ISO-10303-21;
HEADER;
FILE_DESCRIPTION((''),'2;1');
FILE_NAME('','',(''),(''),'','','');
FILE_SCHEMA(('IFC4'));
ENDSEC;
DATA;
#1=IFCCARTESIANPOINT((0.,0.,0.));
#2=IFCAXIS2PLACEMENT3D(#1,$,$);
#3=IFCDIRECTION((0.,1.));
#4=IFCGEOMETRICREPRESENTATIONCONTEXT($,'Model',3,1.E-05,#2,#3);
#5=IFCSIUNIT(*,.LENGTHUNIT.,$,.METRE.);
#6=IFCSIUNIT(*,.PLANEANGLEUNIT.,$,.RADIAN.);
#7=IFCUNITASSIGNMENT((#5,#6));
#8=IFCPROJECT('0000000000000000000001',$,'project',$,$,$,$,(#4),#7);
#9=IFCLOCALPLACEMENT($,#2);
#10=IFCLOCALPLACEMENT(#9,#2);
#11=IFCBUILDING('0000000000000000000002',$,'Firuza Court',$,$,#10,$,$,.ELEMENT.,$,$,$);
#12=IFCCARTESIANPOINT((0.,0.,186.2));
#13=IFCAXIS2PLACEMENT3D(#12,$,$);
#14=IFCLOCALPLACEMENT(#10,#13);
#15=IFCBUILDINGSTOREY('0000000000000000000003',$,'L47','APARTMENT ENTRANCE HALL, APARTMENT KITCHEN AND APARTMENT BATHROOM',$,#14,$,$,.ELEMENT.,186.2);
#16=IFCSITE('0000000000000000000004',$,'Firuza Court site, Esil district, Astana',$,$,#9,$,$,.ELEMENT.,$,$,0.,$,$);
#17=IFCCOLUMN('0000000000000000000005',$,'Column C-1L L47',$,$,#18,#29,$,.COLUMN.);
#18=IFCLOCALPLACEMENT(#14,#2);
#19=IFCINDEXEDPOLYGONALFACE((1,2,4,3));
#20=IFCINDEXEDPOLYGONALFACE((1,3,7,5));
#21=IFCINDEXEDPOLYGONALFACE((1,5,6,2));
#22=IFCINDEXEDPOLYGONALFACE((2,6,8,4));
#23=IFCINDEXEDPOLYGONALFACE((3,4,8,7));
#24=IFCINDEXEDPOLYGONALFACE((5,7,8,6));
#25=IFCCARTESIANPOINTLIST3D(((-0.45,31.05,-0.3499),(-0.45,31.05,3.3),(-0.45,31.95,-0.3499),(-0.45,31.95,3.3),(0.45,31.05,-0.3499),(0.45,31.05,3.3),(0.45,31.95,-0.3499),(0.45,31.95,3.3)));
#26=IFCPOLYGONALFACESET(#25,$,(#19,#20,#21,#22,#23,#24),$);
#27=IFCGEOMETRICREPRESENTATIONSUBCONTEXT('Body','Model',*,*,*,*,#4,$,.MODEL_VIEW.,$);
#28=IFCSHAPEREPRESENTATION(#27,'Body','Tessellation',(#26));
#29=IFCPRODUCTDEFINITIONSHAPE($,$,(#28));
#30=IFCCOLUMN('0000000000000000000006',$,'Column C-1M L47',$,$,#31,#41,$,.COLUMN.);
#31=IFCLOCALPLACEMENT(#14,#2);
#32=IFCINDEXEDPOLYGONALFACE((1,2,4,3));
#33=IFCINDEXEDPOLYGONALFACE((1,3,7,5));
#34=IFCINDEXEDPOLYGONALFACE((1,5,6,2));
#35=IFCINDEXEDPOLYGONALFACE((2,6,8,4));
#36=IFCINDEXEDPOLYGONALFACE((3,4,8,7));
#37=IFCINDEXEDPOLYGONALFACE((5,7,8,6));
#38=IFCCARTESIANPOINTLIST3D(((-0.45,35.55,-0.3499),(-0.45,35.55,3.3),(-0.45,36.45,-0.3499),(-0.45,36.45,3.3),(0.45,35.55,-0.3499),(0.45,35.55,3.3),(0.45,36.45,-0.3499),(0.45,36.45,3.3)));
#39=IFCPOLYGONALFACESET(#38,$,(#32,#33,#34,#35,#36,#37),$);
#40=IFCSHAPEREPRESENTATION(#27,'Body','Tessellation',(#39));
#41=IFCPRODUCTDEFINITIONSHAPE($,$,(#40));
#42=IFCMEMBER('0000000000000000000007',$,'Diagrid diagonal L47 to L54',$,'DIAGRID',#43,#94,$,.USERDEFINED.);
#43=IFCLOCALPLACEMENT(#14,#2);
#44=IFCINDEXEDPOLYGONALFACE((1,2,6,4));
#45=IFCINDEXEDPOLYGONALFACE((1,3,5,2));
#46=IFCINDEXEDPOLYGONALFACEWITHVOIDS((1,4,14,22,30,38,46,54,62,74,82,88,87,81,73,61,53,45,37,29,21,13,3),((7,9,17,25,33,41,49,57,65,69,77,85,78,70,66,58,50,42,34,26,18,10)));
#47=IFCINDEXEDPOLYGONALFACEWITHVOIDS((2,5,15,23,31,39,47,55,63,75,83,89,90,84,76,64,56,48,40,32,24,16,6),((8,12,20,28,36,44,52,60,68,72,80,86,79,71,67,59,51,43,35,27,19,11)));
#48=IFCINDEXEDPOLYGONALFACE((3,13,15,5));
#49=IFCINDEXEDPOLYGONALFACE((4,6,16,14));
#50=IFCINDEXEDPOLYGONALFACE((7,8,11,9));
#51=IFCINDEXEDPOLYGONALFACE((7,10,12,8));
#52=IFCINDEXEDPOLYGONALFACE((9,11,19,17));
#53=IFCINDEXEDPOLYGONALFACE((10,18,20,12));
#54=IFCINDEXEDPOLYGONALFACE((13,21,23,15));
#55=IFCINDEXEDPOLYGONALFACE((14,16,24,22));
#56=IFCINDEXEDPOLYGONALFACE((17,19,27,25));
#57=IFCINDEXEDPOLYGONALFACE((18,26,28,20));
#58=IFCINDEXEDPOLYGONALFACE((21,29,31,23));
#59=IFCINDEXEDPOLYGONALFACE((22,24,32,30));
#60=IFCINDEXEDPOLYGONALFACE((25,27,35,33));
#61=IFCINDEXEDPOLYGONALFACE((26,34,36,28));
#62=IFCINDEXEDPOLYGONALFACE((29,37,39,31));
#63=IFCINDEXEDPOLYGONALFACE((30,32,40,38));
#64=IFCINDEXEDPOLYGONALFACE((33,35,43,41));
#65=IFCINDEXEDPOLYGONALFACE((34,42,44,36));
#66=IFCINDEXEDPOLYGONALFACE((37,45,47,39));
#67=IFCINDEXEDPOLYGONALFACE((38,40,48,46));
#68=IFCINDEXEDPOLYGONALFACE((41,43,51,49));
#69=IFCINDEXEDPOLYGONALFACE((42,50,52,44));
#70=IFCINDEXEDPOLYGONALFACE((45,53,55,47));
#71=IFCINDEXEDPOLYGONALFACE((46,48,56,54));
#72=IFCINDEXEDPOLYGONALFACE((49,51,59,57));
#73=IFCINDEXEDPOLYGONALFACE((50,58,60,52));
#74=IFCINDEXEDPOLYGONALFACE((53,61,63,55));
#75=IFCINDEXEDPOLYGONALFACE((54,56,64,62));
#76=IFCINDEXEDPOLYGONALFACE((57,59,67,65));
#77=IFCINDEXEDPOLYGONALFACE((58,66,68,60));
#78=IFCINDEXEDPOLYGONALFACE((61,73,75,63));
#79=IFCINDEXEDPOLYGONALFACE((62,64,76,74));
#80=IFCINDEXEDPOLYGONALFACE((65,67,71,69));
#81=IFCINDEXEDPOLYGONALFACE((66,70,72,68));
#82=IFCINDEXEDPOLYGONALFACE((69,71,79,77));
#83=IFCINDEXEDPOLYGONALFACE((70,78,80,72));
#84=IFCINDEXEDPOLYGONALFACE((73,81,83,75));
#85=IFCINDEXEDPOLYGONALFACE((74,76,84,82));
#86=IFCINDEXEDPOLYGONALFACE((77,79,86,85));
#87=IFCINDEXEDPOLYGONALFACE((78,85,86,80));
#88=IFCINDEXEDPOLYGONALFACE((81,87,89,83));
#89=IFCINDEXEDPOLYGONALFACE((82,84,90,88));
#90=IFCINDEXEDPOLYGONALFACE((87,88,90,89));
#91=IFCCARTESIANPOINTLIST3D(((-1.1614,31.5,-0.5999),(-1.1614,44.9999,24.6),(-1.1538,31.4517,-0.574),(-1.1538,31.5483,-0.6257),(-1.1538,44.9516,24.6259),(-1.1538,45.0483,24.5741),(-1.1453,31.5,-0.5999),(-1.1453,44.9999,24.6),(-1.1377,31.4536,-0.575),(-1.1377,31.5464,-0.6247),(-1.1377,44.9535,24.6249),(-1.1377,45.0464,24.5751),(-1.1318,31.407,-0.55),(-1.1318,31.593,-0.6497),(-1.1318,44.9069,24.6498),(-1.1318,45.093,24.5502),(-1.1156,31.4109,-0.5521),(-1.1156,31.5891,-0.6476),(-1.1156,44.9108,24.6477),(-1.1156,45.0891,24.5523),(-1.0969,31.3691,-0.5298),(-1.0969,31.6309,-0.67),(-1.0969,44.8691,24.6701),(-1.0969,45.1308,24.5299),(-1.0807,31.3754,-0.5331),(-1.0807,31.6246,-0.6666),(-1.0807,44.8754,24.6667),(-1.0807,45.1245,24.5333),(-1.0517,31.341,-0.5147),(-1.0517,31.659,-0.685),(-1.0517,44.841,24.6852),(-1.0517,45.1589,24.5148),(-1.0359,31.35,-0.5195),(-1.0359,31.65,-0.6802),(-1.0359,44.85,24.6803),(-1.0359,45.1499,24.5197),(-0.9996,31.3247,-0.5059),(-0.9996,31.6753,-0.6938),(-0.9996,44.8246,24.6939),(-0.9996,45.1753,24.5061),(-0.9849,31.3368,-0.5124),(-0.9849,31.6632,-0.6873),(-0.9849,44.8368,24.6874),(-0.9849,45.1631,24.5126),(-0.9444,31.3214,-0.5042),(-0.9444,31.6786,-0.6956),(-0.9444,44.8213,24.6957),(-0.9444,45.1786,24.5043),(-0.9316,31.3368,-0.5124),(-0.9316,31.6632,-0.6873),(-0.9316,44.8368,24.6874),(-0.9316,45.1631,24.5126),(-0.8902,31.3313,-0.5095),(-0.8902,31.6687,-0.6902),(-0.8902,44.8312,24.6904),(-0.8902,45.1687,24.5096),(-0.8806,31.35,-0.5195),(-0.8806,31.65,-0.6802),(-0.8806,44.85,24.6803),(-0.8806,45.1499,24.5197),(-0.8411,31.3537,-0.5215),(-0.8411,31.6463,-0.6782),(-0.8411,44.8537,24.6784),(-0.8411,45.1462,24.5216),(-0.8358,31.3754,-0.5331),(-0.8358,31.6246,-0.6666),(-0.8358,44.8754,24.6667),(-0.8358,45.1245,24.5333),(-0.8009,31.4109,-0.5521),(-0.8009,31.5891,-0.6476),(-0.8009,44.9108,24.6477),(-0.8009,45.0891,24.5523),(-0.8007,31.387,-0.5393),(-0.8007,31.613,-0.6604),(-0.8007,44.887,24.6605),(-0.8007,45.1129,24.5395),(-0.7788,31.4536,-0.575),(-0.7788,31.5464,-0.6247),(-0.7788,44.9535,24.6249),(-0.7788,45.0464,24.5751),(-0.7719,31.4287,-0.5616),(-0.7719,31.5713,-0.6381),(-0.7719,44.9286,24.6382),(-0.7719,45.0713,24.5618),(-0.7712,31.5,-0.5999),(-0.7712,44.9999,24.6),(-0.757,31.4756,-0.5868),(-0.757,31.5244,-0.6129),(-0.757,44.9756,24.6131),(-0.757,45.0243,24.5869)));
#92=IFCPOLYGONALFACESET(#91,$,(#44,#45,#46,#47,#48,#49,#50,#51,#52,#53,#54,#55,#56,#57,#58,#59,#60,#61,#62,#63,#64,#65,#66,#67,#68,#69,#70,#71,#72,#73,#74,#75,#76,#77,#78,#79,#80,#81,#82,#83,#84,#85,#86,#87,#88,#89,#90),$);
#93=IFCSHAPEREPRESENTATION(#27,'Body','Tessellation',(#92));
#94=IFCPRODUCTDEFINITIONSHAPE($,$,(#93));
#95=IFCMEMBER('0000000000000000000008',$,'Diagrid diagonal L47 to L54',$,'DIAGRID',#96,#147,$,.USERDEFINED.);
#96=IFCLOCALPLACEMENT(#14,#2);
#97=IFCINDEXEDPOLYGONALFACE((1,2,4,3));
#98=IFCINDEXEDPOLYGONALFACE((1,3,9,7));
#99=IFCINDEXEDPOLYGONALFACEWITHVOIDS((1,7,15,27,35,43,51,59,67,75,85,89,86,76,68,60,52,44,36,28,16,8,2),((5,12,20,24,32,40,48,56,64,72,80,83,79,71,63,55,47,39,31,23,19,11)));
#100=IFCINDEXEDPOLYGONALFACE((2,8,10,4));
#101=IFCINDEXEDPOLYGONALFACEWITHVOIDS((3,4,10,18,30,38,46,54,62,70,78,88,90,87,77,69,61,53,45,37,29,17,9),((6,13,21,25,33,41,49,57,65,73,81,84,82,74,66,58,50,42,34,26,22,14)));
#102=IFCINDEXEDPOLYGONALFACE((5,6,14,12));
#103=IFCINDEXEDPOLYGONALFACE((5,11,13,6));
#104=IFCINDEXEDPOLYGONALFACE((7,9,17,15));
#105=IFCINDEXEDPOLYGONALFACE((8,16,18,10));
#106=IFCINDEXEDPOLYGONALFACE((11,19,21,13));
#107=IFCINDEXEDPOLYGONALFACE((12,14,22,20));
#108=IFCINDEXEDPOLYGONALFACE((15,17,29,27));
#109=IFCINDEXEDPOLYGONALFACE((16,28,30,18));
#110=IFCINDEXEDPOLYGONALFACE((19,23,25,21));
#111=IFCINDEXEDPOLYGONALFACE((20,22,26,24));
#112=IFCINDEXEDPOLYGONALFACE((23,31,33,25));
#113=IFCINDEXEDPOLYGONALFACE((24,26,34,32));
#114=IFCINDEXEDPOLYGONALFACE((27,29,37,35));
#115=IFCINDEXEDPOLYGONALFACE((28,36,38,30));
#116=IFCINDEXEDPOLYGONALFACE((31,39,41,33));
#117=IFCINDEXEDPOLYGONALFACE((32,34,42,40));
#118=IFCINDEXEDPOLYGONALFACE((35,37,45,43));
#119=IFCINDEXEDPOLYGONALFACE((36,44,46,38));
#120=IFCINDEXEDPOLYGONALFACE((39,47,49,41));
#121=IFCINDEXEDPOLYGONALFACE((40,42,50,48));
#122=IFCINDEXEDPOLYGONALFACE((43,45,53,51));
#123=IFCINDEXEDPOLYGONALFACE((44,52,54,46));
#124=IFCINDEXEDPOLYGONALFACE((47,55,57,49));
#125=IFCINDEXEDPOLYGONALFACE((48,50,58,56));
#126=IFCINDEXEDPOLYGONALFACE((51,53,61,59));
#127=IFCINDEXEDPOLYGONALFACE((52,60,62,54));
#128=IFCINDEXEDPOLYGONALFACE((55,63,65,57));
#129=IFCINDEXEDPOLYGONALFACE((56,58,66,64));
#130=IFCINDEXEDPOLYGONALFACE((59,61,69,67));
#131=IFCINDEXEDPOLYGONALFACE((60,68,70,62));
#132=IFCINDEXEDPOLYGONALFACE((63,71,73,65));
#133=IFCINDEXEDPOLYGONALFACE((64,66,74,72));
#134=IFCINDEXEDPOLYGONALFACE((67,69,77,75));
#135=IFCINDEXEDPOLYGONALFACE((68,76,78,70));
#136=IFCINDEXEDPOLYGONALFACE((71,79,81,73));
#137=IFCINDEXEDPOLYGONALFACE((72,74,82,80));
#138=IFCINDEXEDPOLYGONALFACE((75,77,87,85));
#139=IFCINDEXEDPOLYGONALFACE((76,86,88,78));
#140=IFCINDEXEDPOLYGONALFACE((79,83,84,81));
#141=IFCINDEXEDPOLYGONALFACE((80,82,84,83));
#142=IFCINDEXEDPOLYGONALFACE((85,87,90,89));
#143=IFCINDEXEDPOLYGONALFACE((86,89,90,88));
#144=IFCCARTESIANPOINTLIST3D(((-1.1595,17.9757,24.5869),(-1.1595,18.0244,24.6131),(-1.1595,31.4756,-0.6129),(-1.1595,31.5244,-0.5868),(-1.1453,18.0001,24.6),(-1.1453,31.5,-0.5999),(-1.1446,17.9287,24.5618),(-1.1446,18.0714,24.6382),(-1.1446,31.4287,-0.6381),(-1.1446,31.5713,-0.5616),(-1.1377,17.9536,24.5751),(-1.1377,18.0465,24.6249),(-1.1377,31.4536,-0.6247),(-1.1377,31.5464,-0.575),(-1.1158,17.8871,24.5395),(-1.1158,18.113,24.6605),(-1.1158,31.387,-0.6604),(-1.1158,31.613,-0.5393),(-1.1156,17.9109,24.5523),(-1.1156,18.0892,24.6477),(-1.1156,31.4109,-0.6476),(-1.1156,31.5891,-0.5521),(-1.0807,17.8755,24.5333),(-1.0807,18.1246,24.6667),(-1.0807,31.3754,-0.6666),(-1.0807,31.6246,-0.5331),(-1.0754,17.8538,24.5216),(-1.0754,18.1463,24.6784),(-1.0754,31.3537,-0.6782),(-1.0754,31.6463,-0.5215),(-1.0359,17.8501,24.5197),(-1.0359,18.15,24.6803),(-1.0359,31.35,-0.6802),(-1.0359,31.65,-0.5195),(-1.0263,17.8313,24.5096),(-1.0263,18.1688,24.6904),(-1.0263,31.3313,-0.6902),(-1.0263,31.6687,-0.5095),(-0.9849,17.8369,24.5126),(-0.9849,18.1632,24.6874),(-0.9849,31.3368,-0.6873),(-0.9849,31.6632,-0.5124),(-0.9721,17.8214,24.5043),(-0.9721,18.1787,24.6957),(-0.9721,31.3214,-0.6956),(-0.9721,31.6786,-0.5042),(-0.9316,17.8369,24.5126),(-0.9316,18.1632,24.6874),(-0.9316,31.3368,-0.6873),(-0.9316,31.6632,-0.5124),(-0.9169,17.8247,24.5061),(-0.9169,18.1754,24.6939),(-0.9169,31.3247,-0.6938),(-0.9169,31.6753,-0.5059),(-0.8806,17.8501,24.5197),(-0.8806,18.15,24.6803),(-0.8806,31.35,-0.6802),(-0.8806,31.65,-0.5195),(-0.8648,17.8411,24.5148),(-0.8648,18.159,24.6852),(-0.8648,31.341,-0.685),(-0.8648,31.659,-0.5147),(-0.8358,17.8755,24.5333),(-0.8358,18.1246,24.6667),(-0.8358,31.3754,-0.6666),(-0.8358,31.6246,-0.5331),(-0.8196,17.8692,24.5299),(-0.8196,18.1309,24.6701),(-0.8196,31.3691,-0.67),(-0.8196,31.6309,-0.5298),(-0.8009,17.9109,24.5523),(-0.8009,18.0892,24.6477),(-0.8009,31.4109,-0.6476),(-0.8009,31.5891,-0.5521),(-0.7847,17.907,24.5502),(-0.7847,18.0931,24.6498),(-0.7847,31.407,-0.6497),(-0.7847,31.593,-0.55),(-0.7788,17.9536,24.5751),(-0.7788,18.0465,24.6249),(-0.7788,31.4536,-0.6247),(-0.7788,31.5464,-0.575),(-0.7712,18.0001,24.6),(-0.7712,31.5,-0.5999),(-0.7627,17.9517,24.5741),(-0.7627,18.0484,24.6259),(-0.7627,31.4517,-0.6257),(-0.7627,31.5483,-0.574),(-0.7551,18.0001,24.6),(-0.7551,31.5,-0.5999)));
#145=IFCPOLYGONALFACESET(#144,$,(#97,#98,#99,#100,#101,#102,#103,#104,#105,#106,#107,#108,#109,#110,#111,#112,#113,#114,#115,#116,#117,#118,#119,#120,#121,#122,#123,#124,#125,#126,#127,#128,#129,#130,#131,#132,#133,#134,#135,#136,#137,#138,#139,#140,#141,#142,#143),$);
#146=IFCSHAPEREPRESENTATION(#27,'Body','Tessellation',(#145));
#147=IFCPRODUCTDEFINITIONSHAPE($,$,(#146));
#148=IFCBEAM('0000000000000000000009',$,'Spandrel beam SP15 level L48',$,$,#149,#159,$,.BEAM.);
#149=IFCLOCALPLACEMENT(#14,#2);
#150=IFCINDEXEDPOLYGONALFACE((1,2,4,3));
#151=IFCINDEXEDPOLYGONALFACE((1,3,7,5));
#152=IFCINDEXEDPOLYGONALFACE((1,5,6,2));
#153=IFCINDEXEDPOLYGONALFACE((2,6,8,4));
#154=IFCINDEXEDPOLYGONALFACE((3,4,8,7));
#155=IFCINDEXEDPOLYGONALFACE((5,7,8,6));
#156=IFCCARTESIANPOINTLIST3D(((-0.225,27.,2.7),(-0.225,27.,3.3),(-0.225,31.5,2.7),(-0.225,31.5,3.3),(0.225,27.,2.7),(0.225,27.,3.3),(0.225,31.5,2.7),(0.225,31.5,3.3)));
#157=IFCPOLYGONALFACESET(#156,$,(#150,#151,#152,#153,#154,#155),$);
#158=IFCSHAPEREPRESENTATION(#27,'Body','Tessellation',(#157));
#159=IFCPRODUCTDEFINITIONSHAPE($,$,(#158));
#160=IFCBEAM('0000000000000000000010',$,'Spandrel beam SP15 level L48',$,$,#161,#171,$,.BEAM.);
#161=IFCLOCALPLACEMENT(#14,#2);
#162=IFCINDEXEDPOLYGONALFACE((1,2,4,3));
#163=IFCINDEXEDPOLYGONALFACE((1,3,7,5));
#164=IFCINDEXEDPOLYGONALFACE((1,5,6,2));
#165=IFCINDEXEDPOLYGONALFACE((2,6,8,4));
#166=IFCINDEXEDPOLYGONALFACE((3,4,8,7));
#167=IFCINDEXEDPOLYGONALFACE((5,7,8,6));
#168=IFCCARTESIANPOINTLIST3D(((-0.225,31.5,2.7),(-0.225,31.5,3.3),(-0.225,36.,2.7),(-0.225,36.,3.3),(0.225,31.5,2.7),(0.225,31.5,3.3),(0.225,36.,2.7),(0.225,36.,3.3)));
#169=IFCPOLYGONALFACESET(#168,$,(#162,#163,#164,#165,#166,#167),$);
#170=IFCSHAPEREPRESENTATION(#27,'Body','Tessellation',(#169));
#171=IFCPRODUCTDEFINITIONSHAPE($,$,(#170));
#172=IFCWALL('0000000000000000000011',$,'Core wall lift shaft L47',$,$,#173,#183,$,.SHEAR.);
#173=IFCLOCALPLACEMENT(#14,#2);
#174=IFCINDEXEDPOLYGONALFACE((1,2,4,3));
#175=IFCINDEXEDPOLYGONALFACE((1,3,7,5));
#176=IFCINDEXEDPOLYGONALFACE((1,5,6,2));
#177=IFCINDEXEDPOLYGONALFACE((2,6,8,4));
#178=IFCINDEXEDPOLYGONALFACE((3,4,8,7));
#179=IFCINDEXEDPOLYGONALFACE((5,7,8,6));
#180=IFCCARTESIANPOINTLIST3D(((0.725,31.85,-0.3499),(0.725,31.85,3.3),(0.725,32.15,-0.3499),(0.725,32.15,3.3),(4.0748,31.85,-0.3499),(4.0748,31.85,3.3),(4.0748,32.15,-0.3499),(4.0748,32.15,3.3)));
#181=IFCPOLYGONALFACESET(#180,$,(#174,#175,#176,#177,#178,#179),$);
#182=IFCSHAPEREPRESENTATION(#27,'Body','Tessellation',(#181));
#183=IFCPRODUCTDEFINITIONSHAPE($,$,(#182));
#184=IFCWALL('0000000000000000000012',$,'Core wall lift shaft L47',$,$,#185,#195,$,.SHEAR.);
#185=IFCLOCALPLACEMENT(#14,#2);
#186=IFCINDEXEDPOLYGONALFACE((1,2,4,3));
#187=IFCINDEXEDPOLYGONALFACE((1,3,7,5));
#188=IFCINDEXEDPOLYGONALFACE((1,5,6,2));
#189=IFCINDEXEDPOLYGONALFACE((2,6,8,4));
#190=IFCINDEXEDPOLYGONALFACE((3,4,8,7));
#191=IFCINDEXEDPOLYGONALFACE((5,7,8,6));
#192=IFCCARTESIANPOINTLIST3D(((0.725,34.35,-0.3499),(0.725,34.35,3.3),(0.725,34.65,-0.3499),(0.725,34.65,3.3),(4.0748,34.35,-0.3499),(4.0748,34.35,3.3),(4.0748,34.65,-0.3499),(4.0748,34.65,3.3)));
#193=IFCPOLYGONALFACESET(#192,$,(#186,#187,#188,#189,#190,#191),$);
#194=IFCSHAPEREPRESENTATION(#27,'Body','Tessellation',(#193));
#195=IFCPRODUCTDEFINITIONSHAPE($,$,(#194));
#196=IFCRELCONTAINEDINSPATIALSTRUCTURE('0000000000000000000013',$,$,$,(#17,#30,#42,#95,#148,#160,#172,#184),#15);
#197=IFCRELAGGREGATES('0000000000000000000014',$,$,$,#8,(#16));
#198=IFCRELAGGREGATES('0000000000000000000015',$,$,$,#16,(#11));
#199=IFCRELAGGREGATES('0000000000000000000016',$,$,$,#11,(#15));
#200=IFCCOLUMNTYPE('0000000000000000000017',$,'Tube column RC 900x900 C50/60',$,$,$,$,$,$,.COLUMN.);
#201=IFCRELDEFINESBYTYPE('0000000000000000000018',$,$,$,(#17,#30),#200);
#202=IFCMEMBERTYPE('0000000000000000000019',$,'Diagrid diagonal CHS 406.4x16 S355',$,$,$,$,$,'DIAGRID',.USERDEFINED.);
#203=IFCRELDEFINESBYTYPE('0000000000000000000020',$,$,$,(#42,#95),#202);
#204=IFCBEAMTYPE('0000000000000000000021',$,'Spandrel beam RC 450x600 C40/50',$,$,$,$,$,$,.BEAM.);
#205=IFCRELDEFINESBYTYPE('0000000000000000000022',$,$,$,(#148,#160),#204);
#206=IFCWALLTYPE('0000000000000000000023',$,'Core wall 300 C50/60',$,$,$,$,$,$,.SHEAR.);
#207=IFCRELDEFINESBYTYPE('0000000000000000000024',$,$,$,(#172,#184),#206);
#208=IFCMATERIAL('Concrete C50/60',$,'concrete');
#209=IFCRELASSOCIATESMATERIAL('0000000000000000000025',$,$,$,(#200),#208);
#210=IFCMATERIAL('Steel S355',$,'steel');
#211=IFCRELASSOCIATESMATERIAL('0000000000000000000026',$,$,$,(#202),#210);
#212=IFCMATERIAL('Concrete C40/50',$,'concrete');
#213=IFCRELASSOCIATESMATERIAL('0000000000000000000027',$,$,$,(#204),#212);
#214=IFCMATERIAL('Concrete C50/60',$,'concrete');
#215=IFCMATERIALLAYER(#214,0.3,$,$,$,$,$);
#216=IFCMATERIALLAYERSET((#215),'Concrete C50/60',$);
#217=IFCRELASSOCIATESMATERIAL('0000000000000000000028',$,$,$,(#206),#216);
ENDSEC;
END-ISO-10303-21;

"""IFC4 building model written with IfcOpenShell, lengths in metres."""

from ifc_helpers import new_model, si_unit, direction, frame, frame_2d, origin, origin_2d, place, context, subcontext, project, spatial, rectangle, hollow_circle, extrude, material, layer, layer_set, material_profile, profile_set, type_object, element, save


model = new_model("IFC4")

# Units and contexts
model_context = context("Model", 3, precision=1e-05, world=origin(), true_north=direction((0.0, 1.0)))
body_context = subcontext(model_context, "Body", "Model", "MODEL_VIEW")
ifc_project = project(units=[si_unit("LENGTHUNIT", "METRE"), si_unit("PLANEANGLEUNIT", "RADIAN")], contexts=[model_context])

# Site, building, storey
site_placement = place(None, origin())
site = spatial("IfcSite", under=ifc_project, at=site_placement, Name="Firuza Court site, Esil district, Astana", CompositionType="ELEMENT", RefElevation=0.0)
building_placement = place(site_placement, origin())
building = spatial("IfcBuilding", under=site, at=building_placement, Name="Firuza Court", CompositionType="ELEMENT")
storey_placement = place(building_placement, frame((0.0, 0.0, 186.2)))
storey = spatial("IfcBuildingStorey", under=building, at=storey_placement, Name="L47", Description="APARTMENT ENTRANCE HALL, APARTMENT KITCHEN AND APARTMENT BATHROOM", CompositionType="ELEMENT", Elevation=186.2)

# Columns
ifc_material_1 = material(Name="Concrete C50/60", Category="concrete")
ifc_material_profile_1 = material_profile(ifc_material_1, rectangle(XDim=0.8999, YDim=0.8999, at=origin_2d()), Name="RC 900x900")
ifc_profile_set_1 = profile_set([ifc_material_profile_1], Name="Concrete C50/60")
column_type = type_object("IfcColumnType", Name="Tube column RC 900x900 C50/60", PredefinedType="COLUMN", material=ifc_profile_set_1)
for number, where, z_axis, x_axis, name in (
    (1, (0.0, 31.5, -0.3499), (0.0, 0.0, 1.0), (1.0, 0.0, 0.0), "Column C-1L L47"),
    (2, (0.0, 36.0, -0.3499), (0.0, 0.0, 1.0), (1.0, 0.0, 0.0), "Column C-1M L47"),
):
    element("IfcColumn", number, at=place(storey_placement, frame(where, z_axis=z_axis, x_axis=x_axis)), inside=storey, type_object=column_type, Name=name, PredefinedType="COLUMN", context=body_context, shape_type="SweptSolid", body=[
        extrude(rectangle(XDim=0.8999, YDim=0.8999, at=origin_2d()), origin(), (0.0, 0.0, 1.0), 3.6499),
    ])

# Members
ifc_material_2 = material(Name="Steel S355", Category="steel")
ifc_material_profile_2 = material_profile(ifc_material_2, hollow_circle(Radius=0.2031, WallThickness=0.0161, at=origin_2d()), Name="CHS 406.4x16")
ifc_profile_set_2 = profile_set([ifc_material_profile_2], Name="Steel S355")
member_type = type_object("IfcMemberType", Name="Diagrid diagonal CHS 406.4x16 S355", ElementType="DIAGRID", PredefinedType="USERDEFINED", material=ifc_profile_set_2)
for number, where, z_axis, x_axis, name in (
    (3, (-0.9583, 31.5, -0.5999), (0.0, 0.472222, 0.88148), (-1.0, 0.0, 0.0), "Diagrid diagonal L47 to L54"),
    (4, (-0.9583, 31.5, -0.5999), (0.0, -0.472222, 0.88148), (1.0, 0.0, 0.0), "Diagrid diagonal L47 to L54"),
):
    element("IfcMember", number, at=place(storey_placement, frame(where, z_axis=z_axis, x_axis=x_axis)), inside=storey, type_object=member_type, Name=name, ObjectType="DIAGRID", PredefinedType="USERDEFINED", context=body_context, shape_type="SweptSolid", body=[
        extrude(hollow_circle(Radius=0.2031, WallThickness=0.0161, at=origin_2d()), origin(), (0.0, 0.0, 1.0), 28.5881),
    ])

# Beams
ifc_material_3 = material(Name="Concrete C40/50", Category="concrete")
ifc_material_profile_3 = material_profile(ifc_material_3, rectangle(XDim=0.45, YDim=0.6001, at=origin_2d()), Name="RC 450x600")
ifc_profile_set_3 = profile_set([ifc_material_profile_3], Name="Concrete C40/50")
beam_type = type_object("IfcBeamType", Name="Spandrel beam RC 450x600 C40/50", PredefinedType="BEAM", material=ifc_profile_set_3)
for number, where, z_axis, x_axis, name in (
    (5, (0.0, 31.5, 3.0), (0.0, -1.0, 0.0), (1.0, 0.0, 0.0), "Spandrel beam SP15 level L48"),
    (6, (0.0, 36.0, 3.0), (0.0, -1.0, 0.0), (1.0, 0.0, 0.0), "Spandrel beam SP15 level L48"),
):
    element("IfcBeam", number, at=place(storey_placement, frame(where, z_axis=z_axis, x_axis=x_axis)), inside=storey, type_object=beam_type, Name=name, PredefinedType="BEAM", context=body_context, shape_type="SweptSolid", body=[
        extrude(rectangle(XDim=0.45, YDim=0.6001, at=origin_2d()), origin(), (0.0, 0.0, 1.0), 4.5),
    ])

# Walls
ifc_material_4 = material(Name="Concrete C50/60", Category="concrete")
ifc_layer_1 = layer(ifc_material_4, 0.3)
ifc_layer_set_1 = layer_set([ifc_layer_1], Name="Concrete C50/60")
wall_type_1 = type_object("IfcWallType", Name="Core wall 300 C50/60", PredefinedType="SHEAR", material=ifc_layer_set_1)
for number, where, z_axis, x_axis, name in (
    (7, (0.7251, 32.0, -0.3499), (0.0, 0.0, 1.0), (1.0, 0.0, 0.0), "Core wall lift shaft L47"),
    (8, (0.7251, 34.5, -0.3499), (0.0, 0.0, 1.0), (1.0, 0.0, 0.0), "Core wall lift shaft L47"),
):
    element("IfcWall", number, at=place(storey_placement, frame(where, z_axis=z_axis, x_axis=x_axis)), inside=storey, type_object=wall_type_1, Name=name, PredefinedType="SHEAR", context=body_context, shape_type="SweptSolid", body=[
        extrude(rectangle(XDim=3.3499, YDim=0.3, at=frame_2d((1.6748, 0.0))), origin(), (0.0, 0.0, 1.0), 3.6499),
    ])

save(model, "model.ifc")
